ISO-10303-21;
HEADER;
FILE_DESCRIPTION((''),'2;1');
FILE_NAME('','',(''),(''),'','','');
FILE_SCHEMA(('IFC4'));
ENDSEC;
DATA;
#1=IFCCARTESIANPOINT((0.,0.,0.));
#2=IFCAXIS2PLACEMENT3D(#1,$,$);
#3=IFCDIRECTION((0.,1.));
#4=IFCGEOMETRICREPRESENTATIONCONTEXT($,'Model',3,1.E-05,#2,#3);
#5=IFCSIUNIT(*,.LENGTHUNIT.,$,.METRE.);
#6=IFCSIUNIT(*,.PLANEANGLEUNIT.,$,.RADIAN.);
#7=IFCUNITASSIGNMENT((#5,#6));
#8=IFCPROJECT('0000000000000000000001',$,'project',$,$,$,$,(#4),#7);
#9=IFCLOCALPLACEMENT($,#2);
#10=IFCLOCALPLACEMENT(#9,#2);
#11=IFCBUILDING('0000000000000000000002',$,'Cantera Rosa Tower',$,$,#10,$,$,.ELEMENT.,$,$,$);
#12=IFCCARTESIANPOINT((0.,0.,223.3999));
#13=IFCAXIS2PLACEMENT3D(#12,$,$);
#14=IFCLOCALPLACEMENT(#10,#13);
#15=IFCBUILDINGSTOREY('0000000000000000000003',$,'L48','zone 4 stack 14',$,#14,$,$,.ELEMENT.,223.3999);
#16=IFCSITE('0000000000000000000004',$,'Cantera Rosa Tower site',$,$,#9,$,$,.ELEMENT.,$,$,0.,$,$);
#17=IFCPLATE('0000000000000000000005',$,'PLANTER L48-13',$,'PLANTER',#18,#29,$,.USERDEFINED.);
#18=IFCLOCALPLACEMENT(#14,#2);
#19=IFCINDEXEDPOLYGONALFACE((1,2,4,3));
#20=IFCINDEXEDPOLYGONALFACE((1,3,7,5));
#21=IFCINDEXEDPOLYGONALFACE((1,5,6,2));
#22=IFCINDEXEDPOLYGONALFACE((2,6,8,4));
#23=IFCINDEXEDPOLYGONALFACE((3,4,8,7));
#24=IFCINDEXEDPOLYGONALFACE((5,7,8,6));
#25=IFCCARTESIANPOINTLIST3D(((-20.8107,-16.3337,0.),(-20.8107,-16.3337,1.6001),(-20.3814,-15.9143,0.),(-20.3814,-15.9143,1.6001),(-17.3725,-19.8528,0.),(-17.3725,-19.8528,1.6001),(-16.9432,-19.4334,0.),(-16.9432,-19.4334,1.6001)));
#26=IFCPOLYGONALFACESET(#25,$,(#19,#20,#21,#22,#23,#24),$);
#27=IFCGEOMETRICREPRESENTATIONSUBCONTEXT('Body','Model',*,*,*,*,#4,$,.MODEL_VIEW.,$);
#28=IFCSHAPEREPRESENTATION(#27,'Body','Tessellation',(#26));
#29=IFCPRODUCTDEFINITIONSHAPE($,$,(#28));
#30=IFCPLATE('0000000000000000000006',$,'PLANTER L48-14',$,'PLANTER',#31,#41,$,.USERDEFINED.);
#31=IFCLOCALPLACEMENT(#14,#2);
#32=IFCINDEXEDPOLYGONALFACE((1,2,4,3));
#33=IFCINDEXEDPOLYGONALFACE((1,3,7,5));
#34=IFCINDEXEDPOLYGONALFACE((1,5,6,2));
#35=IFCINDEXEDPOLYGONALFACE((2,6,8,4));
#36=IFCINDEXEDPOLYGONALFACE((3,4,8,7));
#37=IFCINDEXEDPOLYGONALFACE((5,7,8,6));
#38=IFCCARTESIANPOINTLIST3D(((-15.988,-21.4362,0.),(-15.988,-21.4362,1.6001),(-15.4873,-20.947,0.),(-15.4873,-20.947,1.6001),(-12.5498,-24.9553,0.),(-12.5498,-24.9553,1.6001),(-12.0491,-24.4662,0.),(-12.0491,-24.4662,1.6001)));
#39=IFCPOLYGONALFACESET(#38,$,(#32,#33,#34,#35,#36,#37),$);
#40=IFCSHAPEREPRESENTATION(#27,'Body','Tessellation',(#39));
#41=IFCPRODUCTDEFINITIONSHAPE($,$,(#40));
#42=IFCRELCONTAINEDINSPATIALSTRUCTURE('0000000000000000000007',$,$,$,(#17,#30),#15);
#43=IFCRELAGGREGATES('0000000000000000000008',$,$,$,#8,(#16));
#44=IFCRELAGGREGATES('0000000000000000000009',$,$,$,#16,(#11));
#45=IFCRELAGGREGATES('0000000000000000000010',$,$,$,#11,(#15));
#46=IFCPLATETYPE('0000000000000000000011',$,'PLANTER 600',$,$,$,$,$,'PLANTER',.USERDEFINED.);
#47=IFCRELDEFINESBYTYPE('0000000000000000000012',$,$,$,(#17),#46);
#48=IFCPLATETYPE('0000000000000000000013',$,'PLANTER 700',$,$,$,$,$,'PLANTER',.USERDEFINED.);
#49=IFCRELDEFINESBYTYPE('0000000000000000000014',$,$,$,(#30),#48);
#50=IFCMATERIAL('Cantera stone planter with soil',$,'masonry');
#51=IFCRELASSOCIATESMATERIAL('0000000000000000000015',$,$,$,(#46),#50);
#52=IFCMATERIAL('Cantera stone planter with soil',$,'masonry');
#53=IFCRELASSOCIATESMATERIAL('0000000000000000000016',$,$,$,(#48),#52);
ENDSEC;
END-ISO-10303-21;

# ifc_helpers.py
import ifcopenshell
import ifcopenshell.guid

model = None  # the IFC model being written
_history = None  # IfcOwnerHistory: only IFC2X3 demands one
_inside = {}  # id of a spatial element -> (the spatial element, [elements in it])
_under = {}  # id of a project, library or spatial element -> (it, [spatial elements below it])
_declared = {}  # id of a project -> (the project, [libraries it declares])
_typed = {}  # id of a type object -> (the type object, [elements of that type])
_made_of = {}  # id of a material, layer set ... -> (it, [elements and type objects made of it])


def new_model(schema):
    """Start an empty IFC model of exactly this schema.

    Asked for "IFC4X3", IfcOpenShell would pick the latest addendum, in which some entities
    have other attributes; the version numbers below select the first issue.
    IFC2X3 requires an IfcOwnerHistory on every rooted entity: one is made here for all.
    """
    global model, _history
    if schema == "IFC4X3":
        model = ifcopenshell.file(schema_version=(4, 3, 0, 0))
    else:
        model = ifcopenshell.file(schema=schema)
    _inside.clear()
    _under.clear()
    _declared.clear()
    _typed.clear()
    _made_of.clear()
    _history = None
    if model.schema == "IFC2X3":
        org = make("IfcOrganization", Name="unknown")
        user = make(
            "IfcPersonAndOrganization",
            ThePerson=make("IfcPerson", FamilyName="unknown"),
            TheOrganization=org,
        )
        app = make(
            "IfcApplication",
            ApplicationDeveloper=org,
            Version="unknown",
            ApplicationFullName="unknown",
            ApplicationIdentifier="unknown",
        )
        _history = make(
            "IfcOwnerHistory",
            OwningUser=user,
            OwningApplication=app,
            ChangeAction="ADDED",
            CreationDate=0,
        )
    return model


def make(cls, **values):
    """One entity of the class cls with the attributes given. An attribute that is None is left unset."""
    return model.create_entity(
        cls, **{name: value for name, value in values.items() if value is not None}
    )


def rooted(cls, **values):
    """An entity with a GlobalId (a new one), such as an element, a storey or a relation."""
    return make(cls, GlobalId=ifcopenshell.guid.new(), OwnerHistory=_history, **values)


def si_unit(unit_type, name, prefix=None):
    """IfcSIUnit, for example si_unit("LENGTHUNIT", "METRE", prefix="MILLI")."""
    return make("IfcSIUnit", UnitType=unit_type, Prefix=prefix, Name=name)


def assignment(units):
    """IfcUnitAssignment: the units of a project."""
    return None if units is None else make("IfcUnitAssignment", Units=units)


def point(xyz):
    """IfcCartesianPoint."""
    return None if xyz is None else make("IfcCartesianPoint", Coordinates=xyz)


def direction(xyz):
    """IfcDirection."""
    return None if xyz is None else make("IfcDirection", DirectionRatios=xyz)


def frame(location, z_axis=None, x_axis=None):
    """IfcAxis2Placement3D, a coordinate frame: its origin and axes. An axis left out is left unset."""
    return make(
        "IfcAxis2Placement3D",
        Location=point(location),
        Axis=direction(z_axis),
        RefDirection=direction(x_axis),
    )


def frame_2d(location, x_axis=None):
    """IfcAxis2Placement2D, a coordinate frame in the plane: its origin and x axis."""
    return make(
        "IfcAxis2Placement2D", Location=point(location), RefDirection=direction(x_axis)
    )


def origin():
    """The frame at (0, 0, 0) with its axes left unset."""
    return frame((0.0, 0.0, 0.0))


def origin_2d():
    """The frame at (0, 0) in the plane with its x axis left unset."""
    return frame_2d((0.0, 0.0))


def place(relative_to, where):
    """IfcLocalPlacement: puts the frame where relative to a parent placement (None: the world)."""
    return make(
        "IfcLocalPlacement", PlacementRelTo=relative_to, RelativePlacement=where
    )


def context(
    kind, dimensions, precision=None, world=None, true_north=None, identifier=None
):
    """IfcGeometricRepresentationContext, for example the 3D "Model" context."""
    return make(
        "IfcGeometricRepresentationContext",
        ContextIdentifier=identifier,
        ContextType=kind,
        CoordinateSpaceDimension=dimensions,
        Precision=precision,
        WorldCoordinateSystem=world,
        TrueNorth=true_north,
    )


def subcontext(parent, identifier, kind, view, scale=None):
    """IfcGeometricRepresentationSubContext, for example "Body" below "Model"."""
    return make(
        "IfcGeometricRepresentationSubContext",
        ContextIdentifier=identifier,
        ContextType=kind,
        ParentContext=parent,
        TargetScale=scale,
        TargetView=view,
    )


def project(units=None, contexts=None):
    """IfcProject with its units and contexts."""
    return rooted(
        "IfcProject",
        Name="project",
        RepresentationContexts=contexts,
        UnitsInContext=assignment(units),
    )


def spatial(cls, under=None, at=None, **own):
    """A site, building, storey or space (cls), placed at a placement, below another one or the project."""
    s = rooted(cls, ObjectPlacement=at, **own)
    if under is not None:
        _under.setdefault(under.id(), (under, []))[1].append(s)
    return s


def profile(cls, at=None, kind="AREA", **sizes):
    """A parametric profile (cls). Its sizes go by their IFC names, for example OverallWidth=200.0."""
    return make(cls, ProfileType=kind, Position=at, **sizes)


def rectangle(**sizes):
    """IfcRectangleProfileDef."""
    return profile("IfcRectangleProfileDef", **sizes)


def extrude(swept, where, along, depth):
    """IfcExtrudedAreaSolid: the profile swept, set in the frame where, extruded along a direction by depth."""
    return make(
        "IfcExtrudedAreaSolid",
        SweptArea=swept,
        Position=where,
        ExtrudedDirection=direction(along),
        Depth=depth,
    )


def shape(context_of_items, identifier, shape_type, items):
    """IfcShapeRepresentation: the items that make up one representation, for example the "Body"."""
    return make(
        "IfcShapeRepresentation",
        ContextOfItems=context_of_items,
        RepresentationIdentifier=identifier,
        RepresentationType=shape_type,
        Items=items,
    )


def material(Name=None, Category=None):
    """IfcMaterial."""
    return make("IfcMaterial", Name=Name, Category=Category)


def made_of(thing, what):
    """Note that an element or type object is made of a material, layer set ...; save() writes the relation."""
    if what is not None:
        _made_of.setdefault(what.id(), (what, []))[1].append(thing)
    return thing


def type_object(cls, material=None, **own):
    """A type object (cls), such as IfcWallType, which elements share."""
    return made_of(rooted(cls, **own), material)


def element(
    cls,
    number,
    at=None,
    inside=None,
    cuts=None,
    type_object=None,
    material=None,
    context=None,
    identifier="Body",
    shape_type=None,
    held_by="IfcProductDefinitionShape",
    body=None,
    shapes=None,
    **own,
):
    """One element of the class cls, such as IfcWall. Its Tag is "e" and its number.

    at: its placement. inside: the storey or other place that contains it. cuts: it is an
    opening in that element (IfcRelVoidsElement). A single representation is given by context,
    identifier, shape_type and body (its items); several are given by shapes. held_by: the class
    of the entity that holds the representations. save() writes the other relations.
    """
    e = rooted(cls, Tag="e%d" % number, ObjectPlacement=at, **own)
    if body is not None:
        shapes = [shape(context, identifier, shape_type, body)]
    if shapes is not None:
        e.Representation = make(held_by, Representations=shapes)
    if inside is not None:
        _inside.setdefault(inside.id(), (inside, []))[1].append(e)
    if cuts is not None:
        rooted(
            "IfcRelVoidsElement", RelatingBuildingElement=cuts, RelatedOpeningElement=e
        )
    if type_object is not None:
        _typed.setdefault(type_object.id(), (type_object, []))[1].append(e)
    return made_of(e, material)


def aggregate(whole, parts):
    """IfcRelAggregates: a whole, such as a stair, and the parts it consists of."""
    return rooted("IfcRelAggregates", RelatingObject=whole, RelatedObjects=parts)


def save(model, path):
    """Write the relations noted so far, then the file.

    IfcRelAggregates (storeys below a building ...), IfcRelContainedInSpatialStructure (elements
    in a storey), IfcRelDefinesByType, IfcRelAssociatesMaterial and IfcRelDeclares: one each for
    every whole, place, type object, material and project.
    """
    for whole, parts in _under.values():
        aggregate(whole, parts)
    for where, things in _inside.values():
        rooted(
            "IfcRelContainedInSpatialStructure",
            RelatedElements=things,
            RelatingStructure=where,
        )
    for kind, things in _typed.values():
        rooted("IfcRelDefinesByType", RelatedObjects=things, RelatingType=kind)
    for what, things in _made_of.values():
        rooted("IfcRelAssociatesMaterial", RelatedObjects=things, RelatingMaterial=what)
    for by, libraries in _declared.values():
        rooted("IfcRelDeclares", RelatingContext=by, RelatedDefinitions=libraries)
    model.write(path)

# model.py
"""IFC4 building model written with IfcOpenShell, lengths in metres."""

from ifc_helpers import new_model, si_unit, direction, frame, origin, origin_2d, place, context, subcontext, project, spatial, rectangle, extrude, material, type_object, element, save


model = new_model("IFC4")

# Units and contexts
model_context = context("Model", 3, precision=1e-05, world=origin(), true_north=direction((0.0, 1.0)))
body_context = subcontext(model_context, "Body", "Model", "MODEL_VIEW")
ifc_project = project(units=[si_unit("LENGTHUNIT", "METRE"), si_unit("PLANEANGLEUNIT", "RADIAN")], contexts=[model_context])

# Site, building, storey
site_placement = place(None, origin())
site = spatial("IfcSite", under=ifc_project, at=site_placement, Name="Cantera Rosa Tower site", CompositionType="ELEMENT", RefElevation=0.0)
building_placement = place(site_placement, origin())
building = spatial("IfcBuilding", under=site, at=building_placement, Name="Cantera Rosa Tower", CompositionType="ELEMENT")
storey_placement = place(building_placement, frame((0.0, 0.0, 223.3999)))
storey = spatial("IfcBuildingStorey", under=building, at=storey_placement, Name="L48", Description="zone 4 stack 14", CompositionType="ELEMENT", Elevation=223.3999)

# Plates
ifc_material_1 = material(Name="Cantera stone planter with soil", Category="masonry")
plate_type_1 = type_object("IfcPlateType", Name="PLANTER 600", ElementType="PLANTER", PredefinedType="USERDEFINED", material=ifc_material_1)
plate_1_placement = place(storey_placement, frame((-18.877, -17.8835, 0.0), z_axis=(0.0, 0.0, 1.0), x_axis=(0.698832, -0.715286, 0.0)))
element("IfcPlate", 1, at=plate_1_placement, inside=storey, type_object=plate_type_1, Name="PLANTER L48-13", ObjectType="PLANTER", PredefinedType="USERDEFINED", context=body_context, shape_type="SweptSolid", body=[
    extrude(rectangle(XDim=4.9199, YDim=0.6001, at=origin_2d()), origin(), (0.0, 0.0, 1.0), 1.6001),
])
ifc_material_2 = material(Name="Cantera stone planter with soil", Category="masonry")
plate_type_2 = type_object("IfcPlateType", Name="PLANTER 700", ElementType="PLANTER", PredefinedType="USERDEFINED", material=ifc_material_2)
plate_2_placement = place(storey_placement, frame((-14.0186, -22.9512, 0.0), z_axis=(0.0, 0.0, 1.0), x_axis=(0.698832, -0.715286, 0.0)))
element("IfcPlate", 2, at=plate_2_placement, inside=storey, type_object=plate_type_2, Name="PLANTER L48-14", ObjectType="PLANTER", PredefinedType="USERDEFINED", context=body_context, shape_type="SweptSolid", body=[
    extrude(rectangle(XDim=4.9199, YDim=0.7, at=origin_2d()), origin(), (0.0, 0.0, 1.0), 1.6001),
])

save(model, "model.ifc")
